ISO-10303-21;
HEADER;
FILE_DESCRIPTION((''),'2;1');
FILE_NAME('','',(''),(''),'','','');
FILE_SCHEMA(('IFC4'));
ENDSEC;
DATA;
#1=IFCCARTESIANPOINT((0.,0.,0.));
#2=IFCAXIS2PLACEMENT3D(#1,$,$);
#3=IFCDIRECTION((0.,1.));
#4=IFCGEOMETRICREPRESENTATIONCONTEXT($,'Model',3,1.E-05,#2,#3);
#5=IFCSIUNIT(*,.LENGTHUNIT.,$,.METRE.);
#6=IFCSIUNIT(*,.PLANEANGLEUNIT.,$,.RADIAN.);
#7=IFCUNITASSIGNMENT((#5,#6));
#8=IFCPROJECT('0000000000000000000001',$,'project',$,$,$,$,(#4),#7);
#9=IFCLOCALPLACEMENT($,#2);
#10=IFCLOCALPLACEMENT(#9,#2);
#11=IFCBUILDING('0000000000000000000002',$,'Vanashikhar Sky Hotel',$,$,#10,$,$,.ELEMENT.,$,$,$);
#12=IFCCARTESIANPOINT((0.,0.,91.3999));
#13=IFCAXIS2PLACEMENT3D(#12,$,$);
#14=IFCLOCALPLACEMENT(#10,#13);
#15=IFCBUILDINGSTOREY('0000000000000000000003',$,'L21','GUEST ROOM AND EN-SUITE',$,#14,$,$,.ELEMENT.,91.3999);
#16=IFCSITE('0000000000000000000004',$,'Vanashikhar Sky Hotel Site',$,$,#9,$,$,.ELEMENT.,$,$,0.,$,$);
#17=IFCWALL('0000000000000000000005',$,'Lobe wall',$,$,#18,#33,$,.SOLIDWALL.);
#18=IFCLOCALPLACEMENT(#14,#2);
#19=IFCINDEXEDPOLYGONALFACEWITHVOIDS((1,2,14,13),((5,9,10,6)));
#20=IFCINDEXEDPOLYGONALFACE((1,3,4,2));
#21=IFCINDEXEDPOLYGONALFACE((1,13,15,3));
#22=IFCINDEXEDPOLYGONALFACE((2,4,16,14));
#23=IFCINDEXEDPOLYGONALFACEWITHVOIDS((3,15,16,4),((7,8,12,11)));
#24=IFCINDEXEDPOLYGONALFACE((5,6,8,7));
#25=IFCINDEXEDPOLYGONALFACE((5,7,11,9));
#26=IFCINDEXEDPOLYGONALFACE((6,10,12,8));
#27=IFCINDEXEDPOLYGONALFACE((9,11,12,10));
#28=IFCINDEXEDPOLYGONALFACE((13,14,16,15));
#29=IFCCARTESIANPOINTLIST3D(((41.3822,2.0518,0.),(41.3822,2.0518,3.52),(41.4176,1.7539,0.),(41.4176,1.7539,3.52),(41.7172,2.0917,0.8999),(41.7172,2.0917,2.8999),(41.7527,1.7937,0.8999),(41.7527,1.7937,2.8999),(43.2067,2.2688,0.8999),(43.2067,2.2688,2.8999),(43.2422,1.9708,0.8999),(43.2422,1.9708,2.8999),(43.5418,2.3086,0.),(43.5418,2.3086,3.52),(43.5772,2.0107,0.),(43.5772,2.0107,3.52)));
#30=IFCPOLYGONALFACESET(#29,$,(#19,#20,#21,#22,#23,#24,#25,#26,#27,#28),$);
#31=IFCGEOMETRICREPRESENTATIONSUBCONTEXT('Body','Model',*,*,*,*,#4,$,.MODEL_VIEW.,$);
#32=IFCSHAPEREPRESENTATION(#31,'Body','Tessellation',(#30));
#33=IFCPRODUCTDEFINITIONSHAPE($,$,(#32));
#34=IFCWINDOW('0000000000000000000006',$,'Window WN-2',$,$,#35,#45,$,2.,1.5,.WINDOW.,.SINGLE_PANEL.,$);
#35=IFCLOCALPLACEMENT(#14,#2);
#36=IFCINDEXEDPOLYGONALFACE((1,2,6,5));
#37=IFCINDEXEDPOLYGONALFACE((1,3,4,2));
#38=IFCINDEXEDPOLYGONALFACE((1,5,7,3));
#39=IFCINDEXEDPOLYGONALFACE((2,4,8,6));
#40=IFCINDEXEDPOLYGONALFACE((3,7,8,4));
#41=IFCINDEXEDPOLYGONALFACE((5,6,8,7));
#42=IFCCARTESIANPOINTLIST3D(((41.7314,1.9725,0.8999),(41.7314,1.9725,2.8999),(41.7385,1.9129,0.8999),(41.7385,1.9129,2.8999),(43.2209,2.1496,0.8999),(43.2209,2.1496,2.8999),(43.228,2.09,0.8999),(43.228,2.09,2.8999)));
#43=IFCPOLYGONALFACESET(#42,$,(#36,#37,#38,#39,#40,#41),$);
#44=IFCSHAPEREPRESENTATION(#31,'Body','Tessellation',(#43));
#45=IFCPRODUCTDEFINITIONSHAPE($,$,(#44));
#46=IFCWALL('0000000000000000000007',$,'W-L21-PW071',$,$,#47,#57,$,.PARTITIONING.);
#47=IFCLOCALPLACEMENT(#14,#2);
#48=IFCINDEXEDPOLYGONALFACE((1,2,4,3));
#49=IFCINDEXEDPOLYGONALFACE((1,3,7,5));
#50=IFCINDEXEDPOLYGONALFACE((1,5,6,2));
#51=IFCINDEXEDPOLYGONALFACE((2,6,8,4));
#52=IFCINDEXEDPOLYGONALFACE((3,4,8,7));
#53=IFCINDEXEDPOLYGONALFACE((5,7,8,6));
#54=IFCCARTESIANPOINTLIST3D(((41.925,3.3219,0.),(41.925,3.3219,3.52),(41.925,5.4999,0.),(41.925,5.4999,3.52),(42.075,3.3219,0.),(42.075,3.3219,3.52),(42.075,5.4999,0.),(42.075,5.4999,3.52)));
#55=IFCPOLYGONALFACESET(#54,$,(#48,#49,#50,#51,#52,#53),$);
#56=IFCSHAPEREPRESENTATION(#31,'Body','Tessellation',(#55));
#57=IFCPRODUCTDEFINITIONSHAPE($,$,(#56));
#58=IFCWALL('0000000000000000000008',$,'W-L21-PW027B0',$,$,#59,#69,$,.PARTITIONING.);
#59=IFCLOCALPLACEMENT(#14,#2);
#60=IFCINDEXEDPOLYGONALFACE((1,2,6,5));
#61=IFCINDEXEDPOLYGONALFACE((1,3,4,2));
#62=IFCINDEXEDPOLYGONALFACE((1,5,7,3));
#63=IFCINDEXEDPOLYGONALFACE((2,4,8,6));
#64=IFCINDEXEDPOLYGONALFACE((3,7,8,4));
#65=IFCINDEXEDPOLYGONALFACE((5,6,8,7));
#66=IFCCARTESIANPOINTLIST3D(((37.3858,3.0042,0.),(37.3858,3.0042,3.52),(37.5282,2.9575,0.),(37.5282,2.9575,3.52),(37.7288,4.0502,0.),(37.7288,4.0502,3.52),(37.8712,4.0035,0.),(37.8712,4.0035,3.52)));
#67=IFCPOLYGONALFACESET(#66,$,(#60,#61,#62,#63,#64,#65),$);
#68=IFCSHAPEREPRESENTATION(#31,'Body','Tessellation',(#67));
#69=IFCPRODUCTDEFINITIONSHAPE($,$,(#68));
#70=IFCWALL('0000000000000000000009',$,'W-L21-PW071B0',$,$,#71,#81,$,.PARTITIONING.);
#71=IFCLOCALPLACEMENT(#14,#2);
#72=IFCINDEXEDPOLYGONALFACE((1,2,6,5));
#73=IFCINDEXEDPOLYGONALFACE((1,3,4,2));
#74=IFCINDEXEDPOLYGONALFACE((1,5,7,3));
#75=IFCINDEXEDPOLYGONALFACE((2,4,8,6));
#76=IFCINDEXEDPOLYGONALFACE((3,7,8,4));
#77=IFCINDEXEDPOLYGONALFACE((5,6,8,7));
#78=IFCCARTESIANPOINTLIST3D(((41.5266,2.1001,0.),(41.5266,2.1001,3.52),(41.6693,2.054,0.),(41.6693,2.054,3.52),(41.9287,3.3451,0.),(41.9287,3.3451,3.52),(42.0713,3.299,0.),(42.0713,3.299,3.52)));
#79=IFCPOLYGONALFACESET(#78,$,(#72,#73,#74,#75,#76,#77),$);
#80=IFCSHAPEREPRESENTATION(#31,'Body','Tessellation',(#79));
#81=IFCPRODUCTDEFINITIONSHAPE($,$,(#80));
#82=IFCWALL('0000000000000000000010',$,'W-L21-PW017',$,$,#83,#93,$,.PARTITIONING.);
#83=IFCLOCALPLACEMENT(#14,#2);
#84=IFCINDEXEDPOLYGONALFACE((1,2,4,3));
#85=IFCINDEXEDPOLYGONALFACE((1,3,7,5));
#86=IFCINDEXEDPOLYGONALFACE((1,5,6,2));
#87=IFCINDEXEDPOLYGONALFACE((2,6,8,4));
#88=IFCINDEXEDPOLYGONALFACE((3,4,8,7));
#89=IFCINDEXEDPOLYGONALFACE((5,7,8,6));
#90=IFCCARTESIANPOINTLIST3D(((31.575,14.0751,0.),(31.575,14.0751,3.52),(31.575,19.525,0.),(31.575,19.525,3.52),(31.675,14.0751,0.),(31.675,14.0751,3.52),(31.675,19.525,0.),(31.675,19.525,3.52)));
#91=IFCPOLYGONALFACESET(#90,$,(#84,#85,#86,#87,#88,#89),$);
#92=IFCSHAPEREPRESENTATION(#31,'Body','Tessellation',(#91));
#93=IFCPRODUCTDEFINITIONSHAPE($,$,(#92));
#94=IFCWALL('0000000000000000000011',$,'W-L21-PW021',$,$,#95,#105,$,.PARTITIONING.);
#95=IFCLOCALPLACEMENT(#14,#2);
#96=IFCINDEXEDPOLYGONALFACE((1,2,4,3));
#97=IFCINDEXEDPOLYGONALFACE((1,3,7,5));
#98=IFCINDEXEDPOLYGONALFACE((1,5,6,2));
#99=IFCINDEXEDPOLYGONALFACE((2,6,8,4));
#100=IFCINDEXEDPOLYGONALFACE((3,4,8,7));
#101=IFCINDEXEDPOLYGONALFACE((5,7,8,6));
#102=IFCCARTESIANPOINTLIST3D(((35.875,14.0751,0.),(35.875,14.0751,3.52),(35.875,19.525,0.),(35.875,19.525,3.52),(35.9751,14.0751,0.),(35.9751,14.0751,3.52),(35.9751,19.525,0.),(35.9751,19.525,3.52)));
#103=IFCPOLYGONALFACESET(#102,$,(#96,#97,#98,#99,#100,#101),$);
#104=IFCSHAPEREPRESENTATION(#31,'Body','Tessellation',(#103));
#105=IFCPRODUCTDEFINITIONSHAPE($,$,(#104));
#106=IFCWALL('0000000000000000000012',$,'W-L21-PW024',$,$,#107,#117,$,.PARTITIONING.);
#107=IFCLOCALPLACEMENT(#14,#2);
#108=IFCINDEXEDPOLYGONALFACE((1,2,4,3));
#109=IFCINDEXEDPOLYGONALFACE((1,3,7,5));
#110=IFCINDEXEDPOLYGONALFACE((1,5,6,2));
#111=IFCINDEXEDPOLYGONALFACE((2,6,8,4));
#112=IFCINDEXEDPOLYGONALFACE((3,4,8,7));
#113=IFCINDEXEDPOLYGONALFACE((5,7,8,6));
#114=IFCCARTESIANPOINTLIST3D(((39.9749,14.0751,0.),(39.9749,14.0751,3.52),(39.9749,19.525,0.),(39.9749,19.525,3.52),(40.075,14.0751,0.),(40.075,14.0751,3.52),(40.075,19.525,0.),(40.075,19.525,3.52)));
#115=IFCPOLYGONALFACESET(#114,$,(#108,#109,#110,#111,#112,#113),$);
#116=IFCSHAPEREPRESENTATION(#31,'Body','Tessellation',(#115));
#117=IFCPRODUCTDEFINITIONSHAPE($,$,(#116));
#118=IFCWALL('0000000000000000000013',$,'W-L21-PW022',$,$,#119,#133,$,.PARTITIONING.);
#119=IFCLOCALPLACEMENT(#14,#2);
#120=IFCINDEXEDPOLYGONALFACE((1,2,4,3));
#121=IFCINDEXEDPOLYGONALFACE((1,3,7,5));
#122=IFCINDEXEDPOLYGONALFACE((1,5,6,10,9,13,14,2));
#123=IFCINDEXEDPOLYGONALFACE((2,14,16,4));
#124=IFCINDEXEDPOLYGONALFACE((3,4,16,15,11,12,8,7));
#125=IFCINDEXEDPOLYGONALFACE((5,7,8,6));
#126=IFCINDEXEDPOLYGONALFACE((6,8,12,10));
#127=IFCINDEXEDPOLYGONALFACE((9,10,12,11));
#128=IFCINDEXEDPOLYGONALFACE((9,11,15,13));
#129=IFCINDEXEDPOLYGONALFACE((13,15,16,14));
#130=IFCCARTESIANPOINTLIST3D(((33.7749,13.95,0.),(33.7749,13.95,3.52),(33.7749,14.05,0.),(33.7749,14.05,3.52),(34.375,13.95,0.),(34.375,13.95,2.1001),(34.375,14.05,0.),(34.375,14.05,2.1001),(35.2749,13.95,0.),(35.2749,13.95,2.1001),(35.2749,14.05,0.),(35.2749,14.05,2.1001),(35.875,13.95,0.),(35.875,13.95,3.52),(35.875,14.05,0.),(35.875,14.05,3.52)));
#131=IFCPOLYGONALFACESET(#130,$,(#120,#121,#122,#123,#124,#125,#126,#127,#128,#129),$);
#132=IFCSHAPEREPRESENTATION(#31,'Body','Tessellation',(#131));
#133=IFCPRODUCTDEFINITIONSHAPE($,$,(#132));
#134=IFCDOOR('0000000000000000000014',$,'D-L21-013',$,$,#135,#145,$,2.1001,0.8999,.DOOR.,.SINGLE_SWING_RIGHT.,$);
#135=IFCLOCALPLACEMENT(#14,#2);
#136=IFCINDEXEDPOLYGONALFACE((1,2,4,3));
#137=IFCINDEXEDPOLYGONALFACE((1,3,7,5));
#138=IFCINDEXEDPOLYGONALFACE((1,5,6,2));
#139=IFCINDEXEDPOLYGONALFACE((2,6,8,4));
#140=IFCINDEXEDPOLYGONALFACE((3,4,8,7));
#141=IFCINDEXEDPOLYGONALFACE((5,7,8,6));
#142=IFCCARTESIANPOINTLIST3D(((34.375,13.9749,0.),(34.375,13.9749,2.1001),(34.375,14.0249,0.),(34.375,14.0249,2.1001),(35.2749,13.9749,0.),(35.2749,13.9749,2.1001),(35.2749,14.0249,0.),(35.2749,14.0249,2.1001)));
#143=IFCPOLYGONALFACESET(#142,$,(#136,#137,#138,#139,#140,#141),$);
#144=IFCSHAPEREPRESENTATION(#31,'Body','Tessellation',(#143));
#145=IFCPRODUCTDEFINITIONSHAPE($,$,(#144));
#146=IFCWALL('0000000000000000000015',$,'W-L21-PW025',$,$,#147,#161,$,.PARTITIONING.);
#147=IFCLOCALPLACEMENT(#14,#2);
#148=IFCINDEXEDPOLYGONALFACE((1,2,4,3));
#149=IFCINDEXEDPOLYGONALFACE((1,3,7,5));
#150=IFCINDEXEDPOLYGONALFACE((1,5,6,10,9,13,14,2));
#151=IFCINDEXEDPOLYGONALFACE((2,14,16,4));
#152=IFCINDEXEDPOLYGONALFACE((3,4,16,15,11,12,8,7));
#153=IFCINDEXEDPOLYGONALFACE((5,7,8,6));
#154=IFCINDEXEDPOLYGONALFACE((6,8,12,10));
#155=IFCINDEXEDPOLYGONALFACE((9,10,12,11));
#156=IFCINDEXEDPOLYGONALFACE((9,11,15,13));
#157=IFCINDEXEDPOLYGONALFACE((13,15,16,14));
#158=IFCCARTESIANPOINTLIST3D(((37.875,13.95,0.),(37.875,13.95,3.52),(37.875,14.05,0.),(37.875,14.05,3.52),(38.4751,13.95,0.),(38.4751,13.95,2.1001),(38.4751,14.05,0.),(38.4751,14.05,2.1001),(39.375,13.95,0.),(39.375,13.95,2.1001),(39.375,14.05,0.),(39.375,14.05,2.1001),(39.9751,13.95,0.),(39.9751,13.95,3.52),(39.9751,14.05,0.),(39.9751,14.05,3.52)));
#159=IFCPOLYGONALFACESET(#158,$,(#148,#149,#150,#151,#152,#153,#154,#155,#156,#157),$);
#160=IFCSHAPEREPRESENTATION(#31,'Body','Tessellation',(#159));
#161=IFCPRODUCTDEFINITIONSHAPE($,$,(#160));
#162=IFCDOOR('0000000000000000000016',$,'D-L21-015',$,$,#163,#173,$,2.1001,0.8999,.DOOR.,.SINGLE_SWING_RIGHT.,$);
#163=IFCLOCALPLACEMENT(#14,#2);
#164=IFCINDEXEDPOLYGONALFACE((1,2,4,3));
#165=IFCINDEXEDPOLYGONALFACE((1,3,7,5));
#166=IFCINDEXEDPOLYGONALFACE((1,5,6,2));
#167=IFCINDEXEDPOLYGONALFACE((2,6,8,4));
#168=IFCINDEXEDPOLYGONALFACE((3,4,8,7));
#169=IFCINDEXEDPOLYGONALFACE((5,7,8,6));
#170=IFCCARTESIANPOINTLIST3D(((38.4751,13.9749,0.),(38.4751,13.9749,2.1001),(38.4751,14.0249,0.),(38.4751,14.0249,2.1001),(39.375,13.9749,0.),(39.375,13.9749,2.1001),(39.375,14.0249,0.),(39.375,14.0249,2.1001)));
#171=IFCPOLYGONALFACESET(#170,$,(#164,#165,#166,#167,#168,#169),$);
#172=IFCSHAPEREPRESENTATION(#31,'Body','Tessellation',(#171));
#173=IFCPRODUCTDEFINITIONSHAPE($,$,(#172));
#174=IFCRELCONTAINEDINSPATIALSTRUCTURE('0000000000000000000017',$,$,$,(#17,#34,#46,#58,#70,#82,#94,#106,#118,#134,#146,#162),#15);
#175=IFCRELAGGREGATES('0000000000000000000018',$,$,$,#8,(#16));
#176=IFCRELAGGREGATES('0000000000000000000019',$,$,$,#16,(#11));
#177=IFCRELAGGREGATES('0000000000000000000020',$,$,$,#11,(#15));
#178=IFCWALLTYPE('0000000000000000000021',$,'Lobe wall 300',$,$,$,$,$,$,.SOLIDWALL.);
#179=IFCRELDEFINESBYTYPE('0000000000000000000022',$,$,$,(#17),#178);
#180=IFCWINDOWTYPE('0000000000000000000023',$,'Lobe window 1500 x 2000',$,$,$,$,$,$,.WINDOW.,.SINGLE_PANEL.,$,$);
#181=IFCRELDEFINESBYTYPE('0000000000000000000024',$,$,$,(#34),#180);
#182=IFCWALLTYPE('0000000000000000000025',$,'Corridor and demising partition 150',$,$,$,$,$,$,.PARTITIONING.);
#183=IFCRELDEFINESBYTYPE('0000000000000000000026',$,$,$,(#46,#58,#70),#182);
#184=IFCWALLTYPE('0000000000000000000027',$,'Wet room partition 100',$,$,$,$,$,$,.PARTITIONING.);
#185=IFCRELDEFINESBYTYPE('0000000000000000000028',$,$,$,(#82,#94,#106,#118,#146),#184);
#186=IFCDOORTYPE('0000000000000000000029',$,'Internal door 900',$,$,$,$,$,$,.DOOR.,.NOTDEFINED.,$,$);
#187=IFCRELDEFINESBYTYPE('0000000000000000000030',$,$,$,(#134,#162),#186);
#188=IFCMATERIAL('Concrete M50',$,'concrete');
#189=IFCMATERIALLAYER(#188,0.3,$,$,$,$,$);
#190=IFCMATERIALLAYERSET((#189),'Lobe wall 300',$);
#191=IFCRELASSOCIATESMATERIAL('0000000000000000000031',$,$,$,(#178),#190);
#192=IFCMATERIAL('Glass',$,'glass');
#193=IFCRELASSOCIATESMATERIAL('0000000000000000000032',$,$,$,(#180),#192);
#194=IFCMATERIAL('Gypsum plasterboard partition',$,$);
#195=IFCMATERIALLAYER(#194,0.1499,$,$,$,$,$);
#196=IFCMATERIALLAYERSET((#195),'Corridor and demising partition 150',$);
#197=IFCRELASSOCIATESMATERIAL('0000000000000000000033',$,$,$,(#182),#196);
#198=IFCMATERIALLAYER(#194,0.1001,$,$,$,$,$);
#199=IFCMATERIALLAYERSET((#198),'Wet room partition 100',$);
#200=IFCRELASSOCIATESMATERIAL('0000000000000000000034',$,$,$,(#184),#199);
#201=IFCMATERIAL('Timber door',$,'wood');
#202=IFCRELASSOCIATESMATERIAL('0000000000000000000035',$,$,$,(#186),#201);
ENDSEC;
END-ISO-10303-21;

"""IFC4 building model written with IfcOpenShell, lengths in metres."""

from ifc_helpers import new_model, si_unit, direction, frame, frame_2d, origin, place, context, subcontext, project, spatial, rectangle, extrude, source, transform, mapped, material, layer, layer_set, type_object, element, fill, save


model = new_model("IFC4")

# Units and contexts
model_context = context("Model", 3, precision=1e-05, world=origin(), true_north=direction((0.0, 1.0)))
body_context = subcontext(model_context, "Body", "Model", "MODEL_VIEW")
ifc_project = project(units=[si_unit("LENGTHUNIT", "METRE"), si_unit("PLANEANGLEUNIT", "RADIAN")], contexts=[model_context])

# Site, building, storey
site_placement = place(None, origin())
site = spatial("IfcSite", under=ifc_project, at=site_placement, Name="Vanashikhar Sky Hotel Site", CompositionType="ELEMENT", RefElevation=0.0)
building_placement = place(site_placement, origin())
building = spatial("IfcBuilding", under=site, at=building_placement, Name="Vanashikhar Sky Hotel", CompositionType="ELEMENT")
storey_placement = place(building_placement, frame((0.0, 0.0, 91.3999)))
storey = spatial("IfcBuildingStorey", under=building, at=storey_placement, Name="L21", Description="GUEST ROOM AND EN-SUITE", CompositionType="ELEMENT", Elevation=91.3999)

# Shared definitions
ifc_material_1 = material(Name="Concrete M50", Category="concrete")

# Wall, opening, window
ifc_layer_1 = layer(ifc_material_1, 0.3)
ifc_layer_set_1 = layer_set([ifc_layer_1], Name="Lobe wall 300")
wall_type_1 = type_object("IfcWallType", Name="Lobe wall 300", PredefinedType="SOLIDWALL", material=ifc_layer_set_1)
shared_shape_1 = source(origin(), body_context, "Body", "SweptSolid", [
    extrude(rectangle(XDim=1.5, YDim=2.0, at=frame_2d((0.75, 1.0))), frame((0.0, 0.1602, 0.0), z_axis=(0.0, -1.0, 0.0), x_axis=(1.0, 0.0, 0.0)), (0.0, 0.0, 1.0), 0.3201),
])
ifc_material_2 = material(Name="Glass", Category="glass")
window_type = type_object("IfcWindowType", Name="Lobe window 1500 x 2000", PartitioningType="SINGLE_PANEL", PredefinedType="WINDOW", material=ifc_material_2)
shared_shape_2 = source(origin(), body_context, "Body", "SweptSolid", [
    extrude(rectangle(XDim=1.5, YDim=2.0, at=frame_2d((0.75, 1.0))), frame((0.0, 0.03, 0.0), z_axis=(0.0, -1.0, 0.0), x_axis=(1.0, 0.0, 0.0)), (0.0, 0.0, 1.0), 0.0601),
])
shared_shape_3 = source(origin(), body_context, "Body", "SweptSolid", [
    extrude(rectangle(XDim=2.1748, YDim=0.3, at=frame_2d((1.0874, 0.0))), origin(), (0.0, 0.0, 1.0), 3.52),
])
wall_1_placement = place(storey_placement, frame((41.3999, 1.9028, 0.0), z_axis=(0.0, 0.0, 1.0), x_axis=(0.993003, 0.118092, 0.0)))
wall_1 = element("IfcWall", 1, at=wall_1_placement, inside=storey, type_object=wall_type_1, Name="Lobe wall", PredefinedType="SOLIDWALL", context=body_context, shape_type="MappedRepresentation", body=[
    mapped(shared_shape_3, transform((0.0, 0.0, 0.0), scale=1.0)),
])
opening_1_placement = place(wall_1_placement, frame((0.3374, 0.0, 0.8999)))
opening_1 = element("IfcOpeningElement", 2, at=opening_1_placement, cuts=wall_1, PredefinedType="OPENING", context=body_context, shape_type="MappedRepresentation", body=[
    mapped(shared_shape_1, transform((0.0, 0.0, 0.0), scale=1.0)),
])
window_1_placement = place(opening_1_placement, origin())
window_1 = element("IfcWindow", 3, at=window_1_placement, inside=storey, type_object=window_type, Name="Window WN-2", OverallHeight=2.0, OverallWidth=1.5, PartitioningType="SINGLE_PANEL", PredefinedType="WINDOW", context=body_context, shape_type="MappedRepresentation", body=[
    mapped(shared_shape_2, transform((0.0, 0.0, 0.0), scale=1.0)),
])
fill(opening_1, window_1)

# Walls
ifc_material_3 = material(Name="Gypsum plasterboard partition")
ifc_layer_2 = layer(ifc_material_3, 0.1499)
ifc_layer_set_2 = layer_set([ifc_layer_2], Name="Corridor and demising partition 150")
wall_type_2 = type_object("IfcWallType", Name="Corridor and demising partition 150", PredefinedType="PARTITIONING", material=ifc_layer_set_2)
shared_shape_4 = source(origin(), body_context, "Body", "SweptSolid", [
    extrude(rectangle(XDim=2.178, YDim=0.1499, at=frame_2d((1.0889, 0.0))), origin(), (0.0, 0.0, 1.0), 3.52),
])
wall_2_placement = place(storey_placement, frame((42.0, 3.322, 0.0), z_axis=(0.0, 0.0, 1.0), x_axis=(0.0, 1.0, 0.0)))
element("IfcWall", 4, at=wall_2_placement, inside=storey, type_object=wall_type_2, Name="W-L21-PW071", PredefinedType="PARTITIONING", context=body_context, shape_type="MappedRepresentation", body=[
    mapped(shared_shape_4, transform((0.0, 0.0, 0.0), scale=1.0)),
])
shared_shape_5 = source(origin(), body_context, "Body", "SweptSolid", [
    extrude(rectangle(XDim=1.1008, YDim=0.1499, at=frame_2d((0.5503, 0.0))), origin(), (0.0, 0.0, 1.0), 3.52),
])
wall_3_placement = place(storey_placement, frame((37.457, 2.981, 0.0), z_axis=(0.0, 0.0, 1.0), x_axis=(0.311567, 0.950224, 0.0)))
element("IfcWall", 5, at=wall_3_placement, inside=storey, type_object=wall_type_2, Name="W-L21-PW027B0", PredefinedType="PARTITIONING", context=body_context, shape_type="MappedRepresentation", body=[
    mapped(shared_shape_5, transform((0.0, 0.0, 0.0), scale=1.0)),
])
shared_shape_6 = source(origin(), body_context, "Body", "SweptSolid", [
    extrude(rectangle(XDim=1.3083, YDim=0.1499, at=frame_2d((0.6543, 0.0))), origin(), (0.0, 0.0, 1.0), 3.52),
])
wall_4_placement = place(storey_placement, frame((41.5979, 2.0769, 0.0), z_axis=(0.0, 0.0, 1.0), x_axis=(0.307314, 0.951608, 0.0)))
element("IfcWall", 6, at=wall_4_placement, inside=storey, type_object=wall_type_2, Name="W-L21-PW071B0", PredefinedType="PARTITIONING", context=body_context, shape_type="MappedRepresentation", body=[
    mapped(shared_shape_6, transform((0.0, 0.0, 0.0), scale=1.0)),
])
ifc_layer_3 = layer(ifc_material_3, 0.1001)
ifc_layer_set_3 = layer_set([ifc_layer_3], Name="Wet room partition 100")
wall_type_3 = type_object("IfcWallType", Name="Wet room partition 100", PredefinedType="PARTITIONING", material=ifc_layer_set_3)
shared_shape_7 = source(origin(), body_context, "Body", "SweptSolid", [
    extrude(rectangle(XDim=5.45, YDim=0.1001, at=frame_2d((2.7251, 0.0))), origin(), (0.0, 0.0, 1.0), 3.52),
])
for number, where, z_axis, x_axis, name in (
    (7, (31.625, 14.075, 0.0), (0.0, 0.0, 1.0), (0.0, 1.0, 0.0), "W-L21-PW017"),
    (8, (35.925, 14.075, 0.0), (0.0, 0.0, 1.0), (0.0, 1.0, 0.0), "W-L21-PW021"),
    (9, (40.0249, 14.075, 0.0), (0.0, 0.0, 1.0), (0.0, 1.0, 0.0), "W-L21-PW024"),
):
    element("IfcWall", number, at=place(storey_placement, frame(where, z_axis=z_axis, x_axis=x_axis)), inside=storey, type_object=wall_type_3, Name=name, PredefinedType="PARTITIONING", context=body_context, shape_type="MappedRepresentation", body=[
        mapped(shared_shape_7, transform((0.0, 0.0, 0.0), scale=1.0)),
    ])

# Walls, openings, doors
shared_shape_8 = source(origin(), body_context, "Body", "SweptSolid", [
    extrude(rectangle(XDim=2.1001, YDim=0.1001, at=frame_2d((1.05, 0.0))), origin(), (0.0, 0.0, 1.0), 3.52),
])
wall_5_placement = place(storey_placement, frame((33.7749, 14.0, 0.0), z_axis=(0.0, 0.0, 1.0), x_axis=(1.0, 0.0, 0.0)))
wall_5 = element("IfcWall", 10, at=wall_5_placement, inside=storey, type_object=wall_type_3, Name="W-L21-PW022", PredefinedType="PARTITIONING", context=body_context, shape_type="MappedRepresentation", body=[
    mapped(shared_shape_8, transform((0.0, 0.0, 0.0), scale=1.0)),
])
shared_shape_9 = source(origin(), body_context, "Body", "SweptSolid", [
    extrude(rectangle(XDim=0.8999, YDim=2.1001, at=frame_2d((0.45, 1.05))), frame((0.0, 0.0601, 0.0), z_axis=(0.0, -1.0, 0.0), x_axis=(1.0, 0.0, 0.0)), (0.0, 0.0, 1.0), 0.1201),
])
opening_2_placement = place(wall_5_placement, frame((0.6001, 0.0, 0.0)))
opening_2 = element("IfcOpeningElement", 11, at=opening_2_placement, cuts=wall_5, PredefinedType="OPENING", context=body_context, shape_type="MappedRepresentation", body=[
    mapped(shared_shape_9, transform((0.0, 0.0, 0.0), scale=1.0)),
])
ifc_material_4 = material(Name="Timber door", Category="wood")
door_type = type_object("IfcDoorType", Name="Internal door 900", OperationType="NOTDEFINED", PredefinedType="DOOR", material=ifc_material_4)
shared_shape_10 = source(origin(), body_context, "Body", "SweptSolid", [
    extrude(rectangle(XDim=0.8999, YDim=2.1001, at=frame_2d((0.45, 1.05))), frame((0.0, 0.0249, 0.0), z_axis=(0.0, -1.0, 0.0), x_axis=(1.0, 0.0, 0.0)), (0.0, 0.0, 1.0), 0.05),
])
door_1_placement = place(opening_2_placement, origin())
door_1 = element("IfcDoor", 12, at=door_1_placement, inside=storey, type_object=door_type, Name="D-L21-013", OperationType="SINGLE_SWING_RIGHT", OverallHeight=2.1001, OverallWidth=0.8999, PredefinedType="DOOR", context=body_context, shape_type="MappedRepresentation", body=[
    mapped(shared_shape_10, transform((0.0, 0.0, 0.0), scale=1.0)),
])
fill(opening_2, door_1)
wall_6_placement = place(storey_placement, frame((37.875, 14.0, 0.0), z_axis=(0.0, 0.0, 1.0), x_axis=(1.0, 0.0, 0.0)))
wall_6 = element("IfcWall", 13, at=wall_6_placement, inside=storey, type_object=wall_type_3, Name="W-L21-PW025", PredefinedType="PARTITIONING", context=body_context, shape_type="MappedRepresentation", body=[
    mapped(shared_shape_8, transform((0.0, 0.0, 0.0), scale=1.0)),
])
opening_3_placement = place(wall_6_placement, frame((0.6001, 0.0, 0.0)))
opening_3 = element("IfcOpeningElement", 14, at=opening_3_placement, cuts=wall_6, PredefinedType="OPENING", context=body_context, shape_type="MappedRepresentation", body=[
    mapped(shared_shape_9, transform((0.0, 0.0, 0.0), scale=1.0)),
])
door_2_placement = place(opening_3_placement, origin())
door_2 = element("IfcDoor", 15, at=door_2_placement, inside=storey, type_object=door_type, Name="D-L21-015", OperationType="SINGLE_SWING_RIGHT", OverallHeight=2.1001, OverallWidth=0.8999, PredefinedType="DOOR", context=body_context, shape_type="MappedRepresentation", body=[
    mapped(shared_shape_10, transform((0.0, 0.0, 0.0), scale=1.0)),
])
fill(opening_3, door_2)

save(model, "model.ifc")
